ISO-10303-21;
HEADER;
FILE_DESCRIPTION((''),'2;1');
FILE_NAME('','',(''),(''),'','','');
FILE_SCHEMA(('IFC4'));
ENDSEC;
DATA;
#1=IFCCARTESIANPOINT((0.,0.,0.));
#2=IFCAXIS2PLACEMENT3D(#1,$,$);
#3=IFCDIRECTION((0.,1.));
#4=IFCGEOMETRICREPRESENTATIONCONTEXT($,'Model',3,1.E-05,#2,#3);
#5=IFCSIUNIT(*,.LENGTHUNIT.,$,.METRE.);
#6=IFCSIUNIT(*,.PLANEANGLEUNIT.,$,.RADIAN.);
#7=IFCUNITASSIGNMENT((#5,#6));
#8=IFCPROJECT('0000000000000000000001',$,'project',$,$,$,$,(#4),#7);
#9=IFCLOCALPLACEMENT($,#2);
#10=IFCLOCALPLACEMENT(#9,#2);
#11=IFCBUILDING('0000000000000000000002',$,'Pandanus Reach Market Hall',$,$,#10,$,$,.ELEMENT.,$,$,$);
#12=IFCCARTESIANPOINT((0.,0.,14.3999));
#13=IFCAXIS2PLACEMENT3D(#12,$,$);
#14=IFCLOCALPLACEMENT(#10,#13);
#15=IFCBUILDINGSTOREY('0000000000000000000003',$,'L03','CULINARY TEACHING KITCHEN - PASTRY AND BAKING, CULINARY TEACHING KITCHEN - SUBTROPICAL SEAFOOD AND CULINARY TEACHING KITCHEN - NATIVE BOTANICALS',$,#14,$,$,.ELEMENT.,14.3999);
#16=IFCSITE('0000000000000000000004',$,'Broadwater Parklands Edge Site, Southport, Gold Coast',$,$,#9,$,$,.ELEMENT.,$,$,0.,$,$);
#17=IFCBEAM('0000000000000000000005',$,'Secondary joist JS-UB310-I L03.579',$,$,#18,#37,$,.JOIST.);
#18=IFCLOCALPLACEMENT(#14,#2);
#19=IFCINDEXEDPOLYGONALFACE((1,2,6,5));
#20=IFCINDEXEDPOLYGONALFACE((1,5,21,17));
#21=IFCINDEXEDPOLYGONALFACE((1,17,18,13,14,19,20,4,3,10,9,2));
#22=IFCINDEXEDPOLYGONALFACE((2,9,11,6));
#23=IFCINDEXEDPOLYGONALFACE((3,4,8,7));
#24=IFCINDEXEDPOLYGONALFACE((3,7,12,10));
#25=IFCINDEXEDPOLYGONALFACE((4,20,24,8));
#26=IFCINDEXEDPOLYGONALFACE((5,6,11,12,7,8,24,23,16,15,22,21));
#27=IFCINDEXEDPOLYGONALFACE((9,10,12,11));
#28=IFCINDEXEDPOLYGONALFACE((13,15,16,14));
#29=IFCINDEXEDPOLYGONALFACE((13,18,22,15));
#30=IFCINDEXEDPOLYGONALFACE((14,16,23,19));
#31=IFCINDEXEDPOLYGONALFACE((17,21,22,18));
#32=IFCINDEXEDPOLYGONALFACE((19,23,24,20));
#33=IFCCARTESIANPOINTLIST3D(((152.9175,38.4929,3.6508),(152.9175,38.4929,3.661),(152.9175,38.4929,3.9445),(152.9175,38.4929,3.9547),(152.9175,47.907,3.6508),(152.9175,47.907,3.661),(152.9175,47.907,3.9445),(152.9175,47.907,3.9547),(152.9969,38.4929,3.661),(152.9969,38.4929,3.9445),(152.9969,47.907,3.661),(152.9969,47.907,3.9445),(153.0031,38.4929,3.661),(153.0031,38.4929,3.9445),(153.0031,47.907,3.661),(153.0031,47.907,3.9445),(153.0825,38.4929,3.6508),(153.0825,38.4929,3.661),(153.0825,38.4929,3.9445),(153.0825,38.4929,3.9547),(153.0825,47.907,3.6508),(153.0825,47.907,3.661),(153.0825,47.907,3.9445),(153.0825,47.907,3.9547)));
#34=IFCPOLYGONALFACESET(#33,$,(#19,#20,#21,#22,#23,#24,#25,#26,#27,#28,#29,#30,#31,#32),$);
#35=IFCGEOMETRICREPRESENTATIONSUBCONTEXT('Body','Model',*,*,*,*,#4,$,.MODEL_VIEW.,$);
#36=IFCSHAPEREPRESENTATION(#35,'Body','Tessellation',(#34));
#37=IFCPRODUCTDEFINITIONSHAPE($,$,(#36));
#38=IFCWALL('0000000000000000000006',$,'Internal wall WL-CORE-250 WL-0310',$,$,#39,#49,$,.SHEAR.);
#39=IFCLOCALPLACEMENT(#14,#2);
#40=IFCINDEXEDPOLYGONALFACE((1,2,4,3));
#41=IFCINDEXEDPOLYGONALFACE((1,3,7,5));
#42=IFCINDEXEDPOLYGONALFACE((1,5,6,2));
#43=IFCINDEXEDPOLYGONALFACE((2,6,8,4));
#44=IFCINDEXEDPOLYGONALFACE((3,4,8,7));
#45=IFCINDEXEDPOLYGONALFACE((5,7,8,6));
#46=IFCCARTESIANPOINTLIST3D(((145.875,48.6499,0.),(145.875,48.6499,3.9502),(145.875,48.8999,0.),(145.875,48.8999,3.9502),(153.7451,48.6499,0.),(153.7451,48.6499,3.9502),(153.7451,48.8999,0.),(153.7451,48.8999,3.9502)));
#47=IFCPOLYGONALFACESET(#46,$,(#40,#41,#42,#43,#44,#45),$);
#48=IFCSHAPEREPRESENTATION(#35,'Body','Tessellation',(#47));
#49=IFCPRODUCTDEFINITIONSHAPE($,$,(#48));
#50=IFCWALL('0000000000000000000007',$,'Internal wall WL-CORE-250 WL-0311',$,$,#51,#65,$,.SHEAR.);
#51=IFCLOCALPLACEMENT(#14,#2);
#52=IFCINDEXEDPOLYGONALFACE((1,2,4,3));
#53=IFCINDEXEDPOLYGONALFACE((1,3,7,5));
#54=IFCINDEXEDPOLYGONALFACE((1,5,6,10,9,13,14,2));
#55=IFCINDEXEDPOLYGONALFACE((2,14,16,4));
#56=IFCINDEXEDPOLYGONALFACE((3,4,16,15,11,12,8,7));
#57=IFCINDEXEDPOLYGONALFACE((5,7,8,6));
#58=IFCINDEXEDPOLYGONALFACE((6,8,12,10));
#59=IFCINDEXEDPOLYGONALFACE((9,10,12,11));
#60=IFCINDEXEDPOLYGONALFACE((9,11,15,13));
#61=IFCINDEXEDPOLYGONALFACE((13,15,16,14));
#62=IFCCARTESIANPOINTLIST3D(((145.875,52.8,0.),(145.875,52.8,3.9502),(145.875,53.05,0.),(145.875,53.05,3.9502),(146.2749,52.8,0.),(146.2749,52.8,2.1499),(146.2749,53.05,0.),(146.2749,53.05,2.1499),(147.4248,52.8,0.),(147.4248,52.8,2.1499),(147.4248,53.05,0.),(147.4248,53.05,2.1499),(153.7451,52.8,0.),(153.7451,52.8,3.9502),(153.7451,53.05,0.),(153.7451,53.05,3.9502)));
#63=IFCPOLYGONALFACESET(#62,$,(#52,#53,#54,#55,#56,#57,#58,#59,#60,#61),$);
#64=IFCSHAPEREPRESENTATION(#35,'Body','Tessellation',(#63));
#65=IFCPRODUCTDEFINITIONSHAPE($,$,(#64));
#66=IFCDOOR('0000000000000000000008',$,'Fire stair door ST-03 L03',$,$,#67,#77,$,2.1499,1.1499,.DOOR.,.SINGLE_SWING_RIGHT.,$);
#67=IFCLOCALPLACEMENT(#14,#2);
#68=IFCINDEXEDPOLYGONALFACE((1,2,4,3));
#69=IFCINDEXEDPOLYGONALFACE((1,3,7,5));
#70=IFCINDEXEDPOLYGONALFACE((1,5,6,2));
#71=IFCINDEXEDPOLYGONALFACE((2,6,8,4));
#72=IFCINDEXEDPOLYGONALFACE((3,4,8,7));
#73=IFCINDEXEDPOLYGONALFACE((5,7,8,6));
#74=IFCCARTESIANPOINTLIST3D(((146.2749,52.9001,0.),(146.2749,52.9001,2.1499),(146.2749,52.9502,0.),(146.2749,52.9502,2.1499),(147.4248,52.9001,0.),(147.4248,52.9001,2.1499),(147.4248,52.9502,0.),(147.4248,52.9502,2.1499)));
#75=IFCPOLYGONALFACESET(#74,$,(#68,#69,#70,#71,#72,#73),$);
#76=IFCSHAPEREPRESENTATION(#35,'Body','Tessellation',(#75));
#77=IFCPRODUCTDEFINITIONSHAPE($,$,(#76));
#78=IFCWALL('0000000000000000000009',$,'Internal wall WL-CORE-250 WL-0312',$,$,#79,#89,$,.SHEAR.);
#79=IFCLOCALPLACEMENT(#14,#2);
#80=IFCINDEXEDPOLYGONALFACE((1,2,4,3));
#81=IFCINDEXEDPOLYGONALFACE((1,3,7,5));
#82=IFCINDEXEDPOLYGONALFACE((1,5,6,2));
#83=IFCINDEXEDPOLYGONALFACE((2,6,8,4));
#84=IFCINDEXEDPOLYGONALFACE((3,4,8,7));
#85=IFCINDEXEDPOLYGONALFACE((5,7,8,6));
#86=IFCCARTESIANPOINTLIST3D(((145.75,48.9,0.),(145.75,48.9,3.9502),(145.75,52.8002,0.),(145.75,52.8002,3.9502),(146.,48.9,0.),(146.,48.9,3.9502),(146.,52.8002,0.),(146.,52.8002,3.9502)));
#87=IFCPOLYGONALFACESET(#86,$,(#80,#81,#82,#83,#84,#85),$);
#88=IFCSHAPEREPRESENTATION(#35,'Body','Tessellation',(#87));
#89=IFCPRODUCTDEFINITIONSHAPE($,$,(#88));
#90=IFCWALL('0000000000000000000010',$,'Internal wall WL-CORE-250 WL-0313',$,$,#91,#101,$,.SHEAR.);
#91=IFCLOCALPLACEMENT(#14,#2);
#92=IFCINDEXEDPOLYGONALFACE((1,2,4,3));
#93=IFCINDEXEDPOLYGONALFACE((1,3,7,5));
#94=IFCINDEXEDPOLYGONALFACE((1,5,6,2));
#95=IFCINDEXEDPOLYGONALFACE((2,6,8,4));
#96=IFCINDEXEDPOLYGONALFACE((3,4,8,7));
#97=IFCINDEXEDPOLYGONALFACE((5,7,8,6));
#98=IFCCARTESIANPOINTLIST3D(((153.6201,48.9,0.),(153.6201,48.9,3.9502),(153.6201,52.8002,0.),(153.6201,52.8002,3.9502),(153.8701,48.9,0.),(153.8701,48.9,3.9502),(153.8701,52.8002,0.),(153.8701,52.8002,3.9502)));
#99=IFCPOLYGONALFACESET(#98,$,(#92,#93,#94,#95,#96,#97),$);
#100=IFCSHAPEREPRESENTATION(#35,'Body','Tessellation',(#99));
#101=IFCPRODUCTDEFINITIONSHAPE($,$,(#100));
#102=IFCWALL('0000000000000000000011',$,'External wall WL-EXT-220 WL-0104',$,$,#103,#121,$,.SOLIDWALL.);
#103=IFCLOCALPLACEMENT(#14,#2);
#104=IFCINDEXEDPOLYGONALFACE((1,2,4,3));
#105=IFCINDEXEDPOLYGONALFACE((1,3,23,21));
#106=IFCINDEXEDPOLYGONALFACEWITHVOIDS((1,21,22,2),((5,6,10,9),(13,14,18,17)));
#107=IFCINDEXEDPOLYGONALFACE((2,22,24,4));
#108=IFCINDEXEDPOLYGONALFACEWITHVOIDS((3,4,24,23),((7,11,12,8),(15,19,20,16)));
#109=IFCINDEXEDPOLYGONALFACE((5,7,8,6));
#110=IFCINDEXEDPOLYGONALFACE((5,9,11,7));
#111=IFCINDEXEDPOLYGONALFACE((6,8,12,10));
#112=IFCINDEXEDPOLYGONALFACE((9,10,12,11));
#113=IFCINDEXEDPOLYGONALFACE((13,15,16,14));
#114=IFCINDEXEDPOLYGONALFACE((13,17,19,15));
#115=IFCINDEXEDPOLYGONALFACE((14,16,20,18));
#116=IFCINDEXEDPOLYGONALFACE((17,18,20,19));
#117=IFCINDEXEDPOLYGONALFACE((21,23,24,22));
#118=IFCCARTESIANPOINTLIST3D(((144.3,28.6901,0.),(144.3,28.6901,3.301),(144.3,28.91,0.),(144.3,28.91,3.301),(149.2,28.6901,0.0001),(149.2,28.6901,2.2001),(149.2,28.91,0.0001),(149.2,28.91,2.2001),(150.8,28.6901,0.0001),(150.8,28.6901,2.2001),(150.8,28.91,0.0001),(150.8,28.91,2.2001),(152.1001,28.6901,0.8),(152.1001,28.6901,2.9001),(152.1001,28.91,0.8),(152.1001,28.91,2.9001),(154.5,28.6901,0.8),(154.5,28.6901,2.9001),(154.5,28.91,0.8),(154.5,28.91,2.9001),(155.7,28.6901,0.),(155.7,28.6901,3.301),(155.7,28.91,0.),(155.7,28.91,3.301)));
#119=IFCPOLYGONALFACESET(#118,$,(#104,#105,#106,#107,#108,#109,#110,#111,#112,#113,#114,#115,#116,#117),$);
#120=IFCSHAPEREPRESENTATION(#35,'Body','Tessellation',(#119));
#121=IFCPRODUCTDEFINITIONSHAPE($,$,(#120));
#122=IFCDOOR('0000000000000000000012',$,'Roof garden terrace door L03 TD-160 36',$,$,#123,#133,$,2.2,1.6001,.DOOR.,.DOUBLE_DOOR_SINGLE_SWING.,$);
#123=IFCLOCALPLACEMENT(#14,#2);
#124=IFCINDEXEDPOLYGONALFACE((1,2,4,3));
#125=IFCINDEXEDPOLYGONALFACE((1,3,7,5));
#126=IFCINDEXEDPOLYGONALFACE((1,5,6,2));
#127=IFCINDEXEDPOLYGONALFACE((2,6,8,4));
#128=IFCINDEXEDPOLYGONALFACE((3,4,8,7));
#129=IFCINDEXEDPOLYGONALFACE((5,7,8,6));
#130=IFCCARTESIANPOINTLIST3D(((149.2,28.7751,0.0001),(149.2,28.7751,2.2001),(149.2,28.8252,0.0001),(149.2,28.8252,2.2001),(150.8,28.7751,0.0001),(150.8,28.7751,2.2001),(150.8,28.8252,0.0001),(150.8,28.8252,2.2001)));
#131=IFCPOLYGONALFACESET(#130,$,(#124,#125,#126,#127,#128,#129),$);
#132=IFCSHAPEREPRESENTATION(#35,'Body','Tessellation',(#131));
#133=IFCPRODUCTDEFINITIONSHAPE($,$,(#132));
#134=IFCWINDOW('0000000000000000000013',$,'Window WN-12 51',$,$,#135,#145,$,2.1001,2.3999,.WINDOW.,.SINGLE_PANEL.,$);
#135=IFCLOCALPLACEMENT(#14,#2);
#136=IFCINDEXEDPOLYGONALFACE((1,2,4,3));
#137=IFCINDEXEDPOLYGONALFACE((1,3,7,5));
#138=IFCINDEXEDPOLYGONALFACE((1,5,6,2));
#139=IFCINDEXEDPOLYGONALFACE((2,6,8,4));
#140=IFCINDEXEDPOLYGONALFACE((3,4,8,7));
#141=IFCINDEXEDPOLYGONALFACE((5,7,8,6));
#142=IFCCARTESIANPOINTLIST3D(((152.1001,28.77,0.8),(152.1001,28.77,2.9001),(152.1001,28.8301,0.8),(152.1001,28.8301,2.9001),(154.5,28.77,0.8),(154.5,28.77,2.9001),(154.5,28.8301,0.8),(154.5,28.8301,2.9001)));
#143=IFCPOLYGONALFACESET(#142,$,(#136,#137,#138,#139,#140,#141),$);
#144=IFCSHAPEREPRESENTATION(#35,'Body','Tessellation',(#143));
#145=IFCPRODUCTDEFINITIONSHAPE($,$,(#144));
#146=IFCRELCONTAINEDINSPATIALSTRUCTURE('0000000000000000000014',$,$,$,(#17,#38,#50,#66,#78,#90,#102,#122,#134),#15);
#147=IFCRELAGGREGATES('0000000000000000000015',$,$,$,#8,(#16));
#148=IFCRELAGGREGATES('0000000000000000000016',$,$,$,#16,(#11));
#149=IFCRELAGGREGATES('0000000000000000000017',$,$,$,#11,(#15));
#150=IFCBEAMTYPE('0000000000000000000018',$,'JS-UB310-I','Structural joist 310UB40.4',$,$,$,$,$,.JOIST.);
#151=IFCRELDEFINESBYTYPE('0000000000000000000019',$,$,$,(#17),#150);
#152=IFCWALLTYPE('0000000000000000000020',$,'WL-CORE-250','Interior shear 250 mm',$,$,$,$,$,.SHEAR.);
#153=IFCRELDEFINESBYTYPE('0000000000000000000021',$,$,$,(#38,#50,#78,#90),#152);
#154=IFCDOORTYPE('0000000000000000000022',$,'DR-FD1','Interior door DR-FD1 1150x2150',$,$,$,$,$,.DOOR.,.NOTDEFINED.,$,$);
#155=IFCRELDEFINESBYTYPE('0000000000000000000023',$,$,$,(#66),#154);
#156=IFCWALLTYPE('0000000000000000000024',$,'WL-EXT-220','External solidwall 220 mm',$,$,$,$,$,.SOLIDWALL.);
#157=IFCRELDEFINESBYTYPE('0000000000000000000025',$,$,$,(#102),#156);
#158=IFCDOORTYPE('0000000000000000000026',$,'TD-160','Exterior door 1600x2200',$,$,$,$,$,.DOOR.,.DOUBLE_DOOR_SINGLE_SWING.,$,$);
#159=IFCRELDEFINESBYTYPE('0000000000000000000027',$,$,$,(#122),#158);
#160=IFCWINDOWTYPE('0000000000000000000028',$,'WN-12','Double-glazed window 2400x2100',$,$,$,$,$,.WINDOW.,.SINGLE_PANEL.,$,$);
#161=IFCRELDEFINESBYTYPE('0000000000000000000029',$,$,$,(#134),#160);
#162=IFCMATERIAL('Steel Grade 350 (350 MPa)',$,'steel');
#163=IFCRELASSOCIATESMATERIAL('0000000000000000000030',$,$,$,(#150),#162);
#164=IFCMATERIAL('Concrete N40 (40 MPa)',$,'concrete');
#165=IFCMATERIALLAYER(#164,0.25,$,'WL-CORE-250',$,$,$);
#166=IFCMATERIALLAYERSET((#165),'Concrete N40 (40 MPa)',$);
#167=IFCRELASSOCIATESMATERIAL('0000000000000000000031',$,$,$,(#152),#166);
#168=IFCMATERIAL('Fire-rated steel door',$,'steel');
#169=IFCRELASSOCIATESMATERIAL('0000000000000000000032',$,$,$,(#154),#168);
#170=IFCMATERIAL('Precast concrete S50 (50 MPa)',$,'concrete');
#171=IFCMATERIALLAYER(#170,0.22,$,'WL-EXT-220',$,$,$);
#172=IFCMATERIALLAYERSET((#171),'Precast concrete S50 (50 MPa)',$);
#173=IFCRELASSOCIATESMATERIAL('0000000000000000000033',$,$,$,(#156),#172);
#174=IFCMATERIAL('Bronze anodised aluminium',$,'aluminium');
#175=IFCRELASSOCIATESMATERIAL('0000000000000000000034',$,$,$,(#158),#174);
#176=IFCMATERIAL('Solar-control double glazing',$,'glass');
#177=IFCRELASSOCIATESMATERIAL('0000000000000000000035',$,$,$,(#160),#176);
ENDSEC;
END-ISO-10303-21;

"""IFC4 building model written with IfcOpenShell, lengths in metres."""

from ifc_helpers import new_model, si_unit, direction, frame, frame_2d, origin, origin_2d, place, context, subcontext, project, spatial, rectangle, i_section, extrude, material, layer, layer_set, material_profile, profile_set, type_object, element, fill, save


model = new_model("IFC4")

# Units and contexts
model_context = context("Model", 3, precision=1e-05, world=origin(), true_north=direction((0.0, 1.0)))
body_context = subcontext(model_context, "Body", "Model", "MODEL_VIEW")
ifc_project = project(units=[si_unit("LENGTHUNIT", "METRE"), si_unit("PLANEANGLEUNIT", "RADIAN")], contexts=[model_context])

# Site, building, storey
site_placement = place(None, origin())
site = spatial("IfcSite", under=ifc_project, at=site_placement, Name="Broadwater Parklands Edge Site, Southport, Gold Coast", CompositionType="ELEMENT", RefElevation=0.0)
building_placement = place(site_placement, origin())
building = spatial("IfcBuilding", under=site, at=building_placement, Name="Pandanus Reach Market Hall", CompositionType="ELEMENT")
storey_placement = place(building_placement, frame((0.0, 0.0, 14.3999)))
storey = spatial("IfcBuildingStorey", under=building, at=storey_placement, Name="L03", Description="CULINARY TEACHING KITCHEN - PASTRY AND BAKING, CULINARY TEACHING KITCHEN - SUBTROPICAL SEAFOOD AND CULINARY TEACHING KITCHEN - NATIVE BOTANICALS", CompositionType="ELEMENT", Elevation=14.3999)

# Shared definitions
ifc_material_1 = material(Name="Concrete N40 (40 MPa)", Category="concrete")

# Beam
ifc_material_2 = material(Name="Steel Grade 350 (350 MPa)", Category="steel")
ifc_material_profile_1 = material_profile(ifc_material_2, i_section(OverallWidth=0.165, OverallDepth=0.304, WebThickness=0.0061, FlangeThickness=0.0103, at=origin_2d()), Name="310UB40.4", Category="LoadBearing")
ifc_profile_set_1 = profile_set([ifc_material_profile_1], Name="Steel Grade 350 (350 MPa)")
beam_type_1 = type_object("IfcBeamType", Name="JS-UB310-I", Description="Structural joist 310UB40.4", PredefinedType="JOIST", material=ifc_profile_set_1)
for number, where, z_axis, x_axis, name in (
    (1, (153.0, 38.4929, 3.8027), (0.0, 1.0, 0.0), (-1.0, 0.0, 0.0), "Secondary joist JS-UB310-I L03.579"),
):
    element("IfcBeam", number, at=place(storey_placement, frame(where, z_axis=z_axis, x_axis=x_axis)), inside=storey, type_object=beam_type_1, Name=name, PredefinedType="JOIST", context=body_context, shape_type="SweptSolid", body=[
        extrude(i_section(OverallWidth=0.165, OverallDepth=0.304, WebThickness=0.0061, FlangeThickness=0.0103, at=origin_2d()), origin(), (0.0, 0.0, 1.0), 9.4141),
    ])

# Wall
ifc_layer_1 = layer(ifc_material_1, 0.25, Name="WL-CORE-250")
ifc_layer_set_1 = layer_set([ifc_layer_1], Name="Concrete N40 (40 MPa)")
wall_type_1 = type_object("IfcWallType", Name="WL-CORE-250", Description="Interior shear 250 mm", PredefinedType="SHEAR", material=ifc_layer_set_1)
wall_1_placement = place(storey_placement, frame((145.875, 48.7749, 0.0), z_axis=(0.0, 0.0, 1.0), x_axis=(1.0, 0.0, 0.0)))
element("IfcWall", 2, at=wall_1_placement, inside=storey, type_object=wall_type_1, Name="Internal wall WL-CORE-250 WL-0310", PredefinedType="SHEAR", context=body_context, shape_type="SweptSolid", body=[
    extrude(rectangle(XDim=7.8701, YDim=0.25, at=frame_2d((3.9351, 0.0))), origin(), (0.0, 0.0, 1.0), 3.9502),
])

# Wall, opening, door
wall_2_placement = place(storey_placement, frame((145.875, 52.925, 0.0), z_axis=(0.0, 0.0, 1.0), x_axis=(1.0, 0.0, 0.0)))
wall_2 = element("IfcWall", 3, at=wall_2_placement, inside=storey, type_object=wall_type_1, Name="Internal wall WL-CORE-250 WL-0311", PredefinedType="SHEAR", context=body_context, shape_type="SweptSolid", body=[
    extrude(rectangle(XDim=7.8701, YDim=0.25, at=frame_2d((3.9351, 0.0))), origin(), (0.0, 0.0, 1.0), 3.9502),
])
opening_1_placement = place(wall_2_placement, frame((0.3999, 0.0, 0.0)))
opening_1 = element("IfcOpeningElement", 4, at=opening_1_placement, cuts=wall_2, PredefinedType="OPENING", context=body_context, shape_type="SweptSolid", body=[
    extrude(rectangle(XDim=1.1499, YDim=2.1499, at=frame_2d((0.575, 1.075))), frame((0.0, 0.1399, 0.0), z_axis=(0.0, -1.0, 0.0), x_axis=(1.0, 0.0, 0.0)), (0.0, 0.0, 1.0), 0.28),
])
ifc_material_3 = material(Name="Fire-rated steel door", Category="steel")
door_type_1 = type_object("IfcDoorType", Name="DR-FD1", Description="Interior door DR-FD1 1150x2150", OperationType="NOTDEFINED", PredefinedType="DOOR", material=ifc_material_3)
door_1_placement = place(opening_1_placement, frame((1.1499, 0.0, 0.0), z_axis=(0.0, 0.0, 1.0), x_axis=(-1.0, 0.0, 0.0)))
door_1 = element("IfcDoor", 5, at=door_1_placement, inside=storey, type_object=door_type_1, Name="Fire stair door ST-03 L03", OperationType="SINGLE_SWING_RIGHT", OverallHeight=2.1499, OverallWidth=1.1499, PredefinedType="DOOR", context=body_context, shape_type="SweptSolid", body=[
    extrude(rectangle(XDim=1.1499, YDim=2.1499, at=frame_2d((0.575, 1.075))), frame((0.0, 0.0249, 0.0), z_axis=(0.0, -1.0, 0.0), x_axis=(1.0, 0.0, 0.0)), (0.0, 0.0, 1.0), 0.05),
])
fill(opening_1, door_1)

# Walls
for number, where, z_axis, x_axis, name in (
    (6, (145.875, 48.8999, 0.0), (0.0, 0.0, 1.0), (0.0, 1.0, 0.0), "Internal wall WL-CORE-250 WL-0312"),
    (7, (153.7451, 48.8999, 0.0), (0.0, 0.0, 1.0), (0.0, 1.0, 0.0), "Internal wall WL-CORE-250 WL-0313"),
):
    element("IfcWall", number, at=place(storey_placement, frame(where, z_axis=z_axis, x_axis=x_axis)), inside=storey, type_object=wall_type_1, Name=name, PredefinedType="SHEAR", context=body_context, shape_type="SweptSolid", body=[
        extrude(rectangle(XDim=3.9001, YDim=0.25, at=frame_2d((1.9502, 0.0))), origin(), (0.0, 0.0, 1.0), 3.9502),
    ])

# Wall, openings, door, window
ifc_material_4 = material(Name="Precast concrete S50 (50 MPa)", Category="concrete")
ifc_layer_2 = layer(ifc_material_4, 0.22, Name="WL-EXT-220")
ifc_layer_set_2 = layer_set([ifc_layer_2], Name="Precast concrete S50 (50 MPa)")
wall_type_2 = type_object("IfcWallType", Name="WL-EXT-220", Description="External solidwall 220 mm", PredefinedType="SOLIDWALL", material=ifc_layer_set_2)
wall_3_placement = place(storey_placement, frame((144.3, 28.8, 0.0), z_axis=(0.0, 0.0, 1.0), x_axis=(1.0, 0.0, 0.0)))
wall_3 = element("IfcWall", 8, at=wall_3_placement, inside=storey, type_object=wall_type_2, Name="External wall WL-EXT-220 WL-0104", PredefinedType="SOLIDWALL", context=body_context, shape_type="SweptSolid", body=[
    extrude(rectangle(XDim=11.3999, YDim=0.22, at=frame_2d((5.7, 0.0))), origin(), (0.0, 0.0, 1.0), 3.301),
])
opening_2_placement = place(wall_3_placement, frame((4.8999, 0.0, 0.0)))
opening_2 = element("IfcOpeningElement", 9, at=opening_2_placement, cuts=wall_3, PredefinedType="OPENING", context=body_context, shape_type="SweptSolid", body=[
    extrude(rectangle(XDim=1.6001, YDim=2.2, at=frame_2d((0.8, 1.1001))), frame((0.0, 0.125, 0.0), z_axis=(0.0, -1.0, 0.0), x_axis=(1.0, 0.0, 0.0)), (0.0, 0.0, 1.0), 0.25),
])
opening_3_placement = place(wall_3_placement, frame((7.8, 0.0, 0.8)))
opening_3 = element("IfcOpeningElement", 10, at=opening_3_placement, cuts=wall_3, PredefinedType="OPENING", context=body_context, shape_type="SweptSolid", body=[
    extrude(rectangle(XDim=2.3999, YDim=2.1001, at=frame_2d((1.2, 1.05))), frame((0.0, 0.125, 0.0), z_axis=(0.0, -1.0, 0.0), x_axis=(1.0, 0.0, 0.0)), (0.0, 0.0, 1.0), 0.25),
])
ifc_material_5 = material(Name="Bronze anodised aluminium", Category="aluminium")
door_type_2 = type_object("IfcDoorType", Name="TD-160", Description="Exterior door 1600x2200", OperationType="DOUBLE_DOOR_SINGLE_SWING", PredefinedType="DOOR", material=ifc_material_5)
door_2_placement = place(opening_2_placement, frame((1.6001, 0.0, 0.0), z_axis=(0.0, 0.0, 1.0), x_axis=(-1.0, 0.0, 0.0)))
door_2 = element("IfcDoor", 11, at=door_2_placement, inside=storey, type_object=door_type_2, Name="Roof garden terrace door L03 TD-160 36", OperationType="DOUBLE_DOOR_SINGLE_SWING", OverallHeight=2.2, OverallWidth=1.6001, PredefinedType="DOOR", context=body_context, shape_type="SweptSolid", body=[
    extrude(rectangle(XDim=1.6001, YDim=2.2, at=frame_2d((0.8, 1.1001))), frame((0.0, 0.0249, 0.0), z_axis=(0.0, -1.0, 0.0), x_axis=(1.0, 0.0, 0.0)), (0.0, 0.0, 1.0), 0.05),
])
fill(opening_2, door_2)
ifc_material_6 = material(Name="Solar-control double glazing", Category="glass")
window_type = type_object("IfcWindowType", Name="WN-12", Description="Double-glazed window 2400x2100", PartitioningType="SINGLE_PANEL", PredefinedType="WINDOW", material=ifc_material_6)
window_placement = place(opening_3_placement, origin())
window = element("IfcWindow", 12, at=window_placement, inside=storey, type_object=window_type, Name="Window WN-12 51", OverallHeight=2.1001, OverallWidth=2.3999, PartitioningType="SINGLE_PANEL", PredefinedType="WINDOW", context=body_context, shape_type="SweptSolid", body=[
    extrude(rectangle(XDim=2.3999, YDim=2.1001, at=frame_2d((1.2, 1.05))), frame((0.0, 0.03, 0.0), z_axis=(0.0, -1.0, 0.0), x_axis=(1.0, 0.0, 0.0)), (0.0, 0.0, 1.0), 0.0601),
])
fill(opening_3, window)

save(model, "model.ifc")
